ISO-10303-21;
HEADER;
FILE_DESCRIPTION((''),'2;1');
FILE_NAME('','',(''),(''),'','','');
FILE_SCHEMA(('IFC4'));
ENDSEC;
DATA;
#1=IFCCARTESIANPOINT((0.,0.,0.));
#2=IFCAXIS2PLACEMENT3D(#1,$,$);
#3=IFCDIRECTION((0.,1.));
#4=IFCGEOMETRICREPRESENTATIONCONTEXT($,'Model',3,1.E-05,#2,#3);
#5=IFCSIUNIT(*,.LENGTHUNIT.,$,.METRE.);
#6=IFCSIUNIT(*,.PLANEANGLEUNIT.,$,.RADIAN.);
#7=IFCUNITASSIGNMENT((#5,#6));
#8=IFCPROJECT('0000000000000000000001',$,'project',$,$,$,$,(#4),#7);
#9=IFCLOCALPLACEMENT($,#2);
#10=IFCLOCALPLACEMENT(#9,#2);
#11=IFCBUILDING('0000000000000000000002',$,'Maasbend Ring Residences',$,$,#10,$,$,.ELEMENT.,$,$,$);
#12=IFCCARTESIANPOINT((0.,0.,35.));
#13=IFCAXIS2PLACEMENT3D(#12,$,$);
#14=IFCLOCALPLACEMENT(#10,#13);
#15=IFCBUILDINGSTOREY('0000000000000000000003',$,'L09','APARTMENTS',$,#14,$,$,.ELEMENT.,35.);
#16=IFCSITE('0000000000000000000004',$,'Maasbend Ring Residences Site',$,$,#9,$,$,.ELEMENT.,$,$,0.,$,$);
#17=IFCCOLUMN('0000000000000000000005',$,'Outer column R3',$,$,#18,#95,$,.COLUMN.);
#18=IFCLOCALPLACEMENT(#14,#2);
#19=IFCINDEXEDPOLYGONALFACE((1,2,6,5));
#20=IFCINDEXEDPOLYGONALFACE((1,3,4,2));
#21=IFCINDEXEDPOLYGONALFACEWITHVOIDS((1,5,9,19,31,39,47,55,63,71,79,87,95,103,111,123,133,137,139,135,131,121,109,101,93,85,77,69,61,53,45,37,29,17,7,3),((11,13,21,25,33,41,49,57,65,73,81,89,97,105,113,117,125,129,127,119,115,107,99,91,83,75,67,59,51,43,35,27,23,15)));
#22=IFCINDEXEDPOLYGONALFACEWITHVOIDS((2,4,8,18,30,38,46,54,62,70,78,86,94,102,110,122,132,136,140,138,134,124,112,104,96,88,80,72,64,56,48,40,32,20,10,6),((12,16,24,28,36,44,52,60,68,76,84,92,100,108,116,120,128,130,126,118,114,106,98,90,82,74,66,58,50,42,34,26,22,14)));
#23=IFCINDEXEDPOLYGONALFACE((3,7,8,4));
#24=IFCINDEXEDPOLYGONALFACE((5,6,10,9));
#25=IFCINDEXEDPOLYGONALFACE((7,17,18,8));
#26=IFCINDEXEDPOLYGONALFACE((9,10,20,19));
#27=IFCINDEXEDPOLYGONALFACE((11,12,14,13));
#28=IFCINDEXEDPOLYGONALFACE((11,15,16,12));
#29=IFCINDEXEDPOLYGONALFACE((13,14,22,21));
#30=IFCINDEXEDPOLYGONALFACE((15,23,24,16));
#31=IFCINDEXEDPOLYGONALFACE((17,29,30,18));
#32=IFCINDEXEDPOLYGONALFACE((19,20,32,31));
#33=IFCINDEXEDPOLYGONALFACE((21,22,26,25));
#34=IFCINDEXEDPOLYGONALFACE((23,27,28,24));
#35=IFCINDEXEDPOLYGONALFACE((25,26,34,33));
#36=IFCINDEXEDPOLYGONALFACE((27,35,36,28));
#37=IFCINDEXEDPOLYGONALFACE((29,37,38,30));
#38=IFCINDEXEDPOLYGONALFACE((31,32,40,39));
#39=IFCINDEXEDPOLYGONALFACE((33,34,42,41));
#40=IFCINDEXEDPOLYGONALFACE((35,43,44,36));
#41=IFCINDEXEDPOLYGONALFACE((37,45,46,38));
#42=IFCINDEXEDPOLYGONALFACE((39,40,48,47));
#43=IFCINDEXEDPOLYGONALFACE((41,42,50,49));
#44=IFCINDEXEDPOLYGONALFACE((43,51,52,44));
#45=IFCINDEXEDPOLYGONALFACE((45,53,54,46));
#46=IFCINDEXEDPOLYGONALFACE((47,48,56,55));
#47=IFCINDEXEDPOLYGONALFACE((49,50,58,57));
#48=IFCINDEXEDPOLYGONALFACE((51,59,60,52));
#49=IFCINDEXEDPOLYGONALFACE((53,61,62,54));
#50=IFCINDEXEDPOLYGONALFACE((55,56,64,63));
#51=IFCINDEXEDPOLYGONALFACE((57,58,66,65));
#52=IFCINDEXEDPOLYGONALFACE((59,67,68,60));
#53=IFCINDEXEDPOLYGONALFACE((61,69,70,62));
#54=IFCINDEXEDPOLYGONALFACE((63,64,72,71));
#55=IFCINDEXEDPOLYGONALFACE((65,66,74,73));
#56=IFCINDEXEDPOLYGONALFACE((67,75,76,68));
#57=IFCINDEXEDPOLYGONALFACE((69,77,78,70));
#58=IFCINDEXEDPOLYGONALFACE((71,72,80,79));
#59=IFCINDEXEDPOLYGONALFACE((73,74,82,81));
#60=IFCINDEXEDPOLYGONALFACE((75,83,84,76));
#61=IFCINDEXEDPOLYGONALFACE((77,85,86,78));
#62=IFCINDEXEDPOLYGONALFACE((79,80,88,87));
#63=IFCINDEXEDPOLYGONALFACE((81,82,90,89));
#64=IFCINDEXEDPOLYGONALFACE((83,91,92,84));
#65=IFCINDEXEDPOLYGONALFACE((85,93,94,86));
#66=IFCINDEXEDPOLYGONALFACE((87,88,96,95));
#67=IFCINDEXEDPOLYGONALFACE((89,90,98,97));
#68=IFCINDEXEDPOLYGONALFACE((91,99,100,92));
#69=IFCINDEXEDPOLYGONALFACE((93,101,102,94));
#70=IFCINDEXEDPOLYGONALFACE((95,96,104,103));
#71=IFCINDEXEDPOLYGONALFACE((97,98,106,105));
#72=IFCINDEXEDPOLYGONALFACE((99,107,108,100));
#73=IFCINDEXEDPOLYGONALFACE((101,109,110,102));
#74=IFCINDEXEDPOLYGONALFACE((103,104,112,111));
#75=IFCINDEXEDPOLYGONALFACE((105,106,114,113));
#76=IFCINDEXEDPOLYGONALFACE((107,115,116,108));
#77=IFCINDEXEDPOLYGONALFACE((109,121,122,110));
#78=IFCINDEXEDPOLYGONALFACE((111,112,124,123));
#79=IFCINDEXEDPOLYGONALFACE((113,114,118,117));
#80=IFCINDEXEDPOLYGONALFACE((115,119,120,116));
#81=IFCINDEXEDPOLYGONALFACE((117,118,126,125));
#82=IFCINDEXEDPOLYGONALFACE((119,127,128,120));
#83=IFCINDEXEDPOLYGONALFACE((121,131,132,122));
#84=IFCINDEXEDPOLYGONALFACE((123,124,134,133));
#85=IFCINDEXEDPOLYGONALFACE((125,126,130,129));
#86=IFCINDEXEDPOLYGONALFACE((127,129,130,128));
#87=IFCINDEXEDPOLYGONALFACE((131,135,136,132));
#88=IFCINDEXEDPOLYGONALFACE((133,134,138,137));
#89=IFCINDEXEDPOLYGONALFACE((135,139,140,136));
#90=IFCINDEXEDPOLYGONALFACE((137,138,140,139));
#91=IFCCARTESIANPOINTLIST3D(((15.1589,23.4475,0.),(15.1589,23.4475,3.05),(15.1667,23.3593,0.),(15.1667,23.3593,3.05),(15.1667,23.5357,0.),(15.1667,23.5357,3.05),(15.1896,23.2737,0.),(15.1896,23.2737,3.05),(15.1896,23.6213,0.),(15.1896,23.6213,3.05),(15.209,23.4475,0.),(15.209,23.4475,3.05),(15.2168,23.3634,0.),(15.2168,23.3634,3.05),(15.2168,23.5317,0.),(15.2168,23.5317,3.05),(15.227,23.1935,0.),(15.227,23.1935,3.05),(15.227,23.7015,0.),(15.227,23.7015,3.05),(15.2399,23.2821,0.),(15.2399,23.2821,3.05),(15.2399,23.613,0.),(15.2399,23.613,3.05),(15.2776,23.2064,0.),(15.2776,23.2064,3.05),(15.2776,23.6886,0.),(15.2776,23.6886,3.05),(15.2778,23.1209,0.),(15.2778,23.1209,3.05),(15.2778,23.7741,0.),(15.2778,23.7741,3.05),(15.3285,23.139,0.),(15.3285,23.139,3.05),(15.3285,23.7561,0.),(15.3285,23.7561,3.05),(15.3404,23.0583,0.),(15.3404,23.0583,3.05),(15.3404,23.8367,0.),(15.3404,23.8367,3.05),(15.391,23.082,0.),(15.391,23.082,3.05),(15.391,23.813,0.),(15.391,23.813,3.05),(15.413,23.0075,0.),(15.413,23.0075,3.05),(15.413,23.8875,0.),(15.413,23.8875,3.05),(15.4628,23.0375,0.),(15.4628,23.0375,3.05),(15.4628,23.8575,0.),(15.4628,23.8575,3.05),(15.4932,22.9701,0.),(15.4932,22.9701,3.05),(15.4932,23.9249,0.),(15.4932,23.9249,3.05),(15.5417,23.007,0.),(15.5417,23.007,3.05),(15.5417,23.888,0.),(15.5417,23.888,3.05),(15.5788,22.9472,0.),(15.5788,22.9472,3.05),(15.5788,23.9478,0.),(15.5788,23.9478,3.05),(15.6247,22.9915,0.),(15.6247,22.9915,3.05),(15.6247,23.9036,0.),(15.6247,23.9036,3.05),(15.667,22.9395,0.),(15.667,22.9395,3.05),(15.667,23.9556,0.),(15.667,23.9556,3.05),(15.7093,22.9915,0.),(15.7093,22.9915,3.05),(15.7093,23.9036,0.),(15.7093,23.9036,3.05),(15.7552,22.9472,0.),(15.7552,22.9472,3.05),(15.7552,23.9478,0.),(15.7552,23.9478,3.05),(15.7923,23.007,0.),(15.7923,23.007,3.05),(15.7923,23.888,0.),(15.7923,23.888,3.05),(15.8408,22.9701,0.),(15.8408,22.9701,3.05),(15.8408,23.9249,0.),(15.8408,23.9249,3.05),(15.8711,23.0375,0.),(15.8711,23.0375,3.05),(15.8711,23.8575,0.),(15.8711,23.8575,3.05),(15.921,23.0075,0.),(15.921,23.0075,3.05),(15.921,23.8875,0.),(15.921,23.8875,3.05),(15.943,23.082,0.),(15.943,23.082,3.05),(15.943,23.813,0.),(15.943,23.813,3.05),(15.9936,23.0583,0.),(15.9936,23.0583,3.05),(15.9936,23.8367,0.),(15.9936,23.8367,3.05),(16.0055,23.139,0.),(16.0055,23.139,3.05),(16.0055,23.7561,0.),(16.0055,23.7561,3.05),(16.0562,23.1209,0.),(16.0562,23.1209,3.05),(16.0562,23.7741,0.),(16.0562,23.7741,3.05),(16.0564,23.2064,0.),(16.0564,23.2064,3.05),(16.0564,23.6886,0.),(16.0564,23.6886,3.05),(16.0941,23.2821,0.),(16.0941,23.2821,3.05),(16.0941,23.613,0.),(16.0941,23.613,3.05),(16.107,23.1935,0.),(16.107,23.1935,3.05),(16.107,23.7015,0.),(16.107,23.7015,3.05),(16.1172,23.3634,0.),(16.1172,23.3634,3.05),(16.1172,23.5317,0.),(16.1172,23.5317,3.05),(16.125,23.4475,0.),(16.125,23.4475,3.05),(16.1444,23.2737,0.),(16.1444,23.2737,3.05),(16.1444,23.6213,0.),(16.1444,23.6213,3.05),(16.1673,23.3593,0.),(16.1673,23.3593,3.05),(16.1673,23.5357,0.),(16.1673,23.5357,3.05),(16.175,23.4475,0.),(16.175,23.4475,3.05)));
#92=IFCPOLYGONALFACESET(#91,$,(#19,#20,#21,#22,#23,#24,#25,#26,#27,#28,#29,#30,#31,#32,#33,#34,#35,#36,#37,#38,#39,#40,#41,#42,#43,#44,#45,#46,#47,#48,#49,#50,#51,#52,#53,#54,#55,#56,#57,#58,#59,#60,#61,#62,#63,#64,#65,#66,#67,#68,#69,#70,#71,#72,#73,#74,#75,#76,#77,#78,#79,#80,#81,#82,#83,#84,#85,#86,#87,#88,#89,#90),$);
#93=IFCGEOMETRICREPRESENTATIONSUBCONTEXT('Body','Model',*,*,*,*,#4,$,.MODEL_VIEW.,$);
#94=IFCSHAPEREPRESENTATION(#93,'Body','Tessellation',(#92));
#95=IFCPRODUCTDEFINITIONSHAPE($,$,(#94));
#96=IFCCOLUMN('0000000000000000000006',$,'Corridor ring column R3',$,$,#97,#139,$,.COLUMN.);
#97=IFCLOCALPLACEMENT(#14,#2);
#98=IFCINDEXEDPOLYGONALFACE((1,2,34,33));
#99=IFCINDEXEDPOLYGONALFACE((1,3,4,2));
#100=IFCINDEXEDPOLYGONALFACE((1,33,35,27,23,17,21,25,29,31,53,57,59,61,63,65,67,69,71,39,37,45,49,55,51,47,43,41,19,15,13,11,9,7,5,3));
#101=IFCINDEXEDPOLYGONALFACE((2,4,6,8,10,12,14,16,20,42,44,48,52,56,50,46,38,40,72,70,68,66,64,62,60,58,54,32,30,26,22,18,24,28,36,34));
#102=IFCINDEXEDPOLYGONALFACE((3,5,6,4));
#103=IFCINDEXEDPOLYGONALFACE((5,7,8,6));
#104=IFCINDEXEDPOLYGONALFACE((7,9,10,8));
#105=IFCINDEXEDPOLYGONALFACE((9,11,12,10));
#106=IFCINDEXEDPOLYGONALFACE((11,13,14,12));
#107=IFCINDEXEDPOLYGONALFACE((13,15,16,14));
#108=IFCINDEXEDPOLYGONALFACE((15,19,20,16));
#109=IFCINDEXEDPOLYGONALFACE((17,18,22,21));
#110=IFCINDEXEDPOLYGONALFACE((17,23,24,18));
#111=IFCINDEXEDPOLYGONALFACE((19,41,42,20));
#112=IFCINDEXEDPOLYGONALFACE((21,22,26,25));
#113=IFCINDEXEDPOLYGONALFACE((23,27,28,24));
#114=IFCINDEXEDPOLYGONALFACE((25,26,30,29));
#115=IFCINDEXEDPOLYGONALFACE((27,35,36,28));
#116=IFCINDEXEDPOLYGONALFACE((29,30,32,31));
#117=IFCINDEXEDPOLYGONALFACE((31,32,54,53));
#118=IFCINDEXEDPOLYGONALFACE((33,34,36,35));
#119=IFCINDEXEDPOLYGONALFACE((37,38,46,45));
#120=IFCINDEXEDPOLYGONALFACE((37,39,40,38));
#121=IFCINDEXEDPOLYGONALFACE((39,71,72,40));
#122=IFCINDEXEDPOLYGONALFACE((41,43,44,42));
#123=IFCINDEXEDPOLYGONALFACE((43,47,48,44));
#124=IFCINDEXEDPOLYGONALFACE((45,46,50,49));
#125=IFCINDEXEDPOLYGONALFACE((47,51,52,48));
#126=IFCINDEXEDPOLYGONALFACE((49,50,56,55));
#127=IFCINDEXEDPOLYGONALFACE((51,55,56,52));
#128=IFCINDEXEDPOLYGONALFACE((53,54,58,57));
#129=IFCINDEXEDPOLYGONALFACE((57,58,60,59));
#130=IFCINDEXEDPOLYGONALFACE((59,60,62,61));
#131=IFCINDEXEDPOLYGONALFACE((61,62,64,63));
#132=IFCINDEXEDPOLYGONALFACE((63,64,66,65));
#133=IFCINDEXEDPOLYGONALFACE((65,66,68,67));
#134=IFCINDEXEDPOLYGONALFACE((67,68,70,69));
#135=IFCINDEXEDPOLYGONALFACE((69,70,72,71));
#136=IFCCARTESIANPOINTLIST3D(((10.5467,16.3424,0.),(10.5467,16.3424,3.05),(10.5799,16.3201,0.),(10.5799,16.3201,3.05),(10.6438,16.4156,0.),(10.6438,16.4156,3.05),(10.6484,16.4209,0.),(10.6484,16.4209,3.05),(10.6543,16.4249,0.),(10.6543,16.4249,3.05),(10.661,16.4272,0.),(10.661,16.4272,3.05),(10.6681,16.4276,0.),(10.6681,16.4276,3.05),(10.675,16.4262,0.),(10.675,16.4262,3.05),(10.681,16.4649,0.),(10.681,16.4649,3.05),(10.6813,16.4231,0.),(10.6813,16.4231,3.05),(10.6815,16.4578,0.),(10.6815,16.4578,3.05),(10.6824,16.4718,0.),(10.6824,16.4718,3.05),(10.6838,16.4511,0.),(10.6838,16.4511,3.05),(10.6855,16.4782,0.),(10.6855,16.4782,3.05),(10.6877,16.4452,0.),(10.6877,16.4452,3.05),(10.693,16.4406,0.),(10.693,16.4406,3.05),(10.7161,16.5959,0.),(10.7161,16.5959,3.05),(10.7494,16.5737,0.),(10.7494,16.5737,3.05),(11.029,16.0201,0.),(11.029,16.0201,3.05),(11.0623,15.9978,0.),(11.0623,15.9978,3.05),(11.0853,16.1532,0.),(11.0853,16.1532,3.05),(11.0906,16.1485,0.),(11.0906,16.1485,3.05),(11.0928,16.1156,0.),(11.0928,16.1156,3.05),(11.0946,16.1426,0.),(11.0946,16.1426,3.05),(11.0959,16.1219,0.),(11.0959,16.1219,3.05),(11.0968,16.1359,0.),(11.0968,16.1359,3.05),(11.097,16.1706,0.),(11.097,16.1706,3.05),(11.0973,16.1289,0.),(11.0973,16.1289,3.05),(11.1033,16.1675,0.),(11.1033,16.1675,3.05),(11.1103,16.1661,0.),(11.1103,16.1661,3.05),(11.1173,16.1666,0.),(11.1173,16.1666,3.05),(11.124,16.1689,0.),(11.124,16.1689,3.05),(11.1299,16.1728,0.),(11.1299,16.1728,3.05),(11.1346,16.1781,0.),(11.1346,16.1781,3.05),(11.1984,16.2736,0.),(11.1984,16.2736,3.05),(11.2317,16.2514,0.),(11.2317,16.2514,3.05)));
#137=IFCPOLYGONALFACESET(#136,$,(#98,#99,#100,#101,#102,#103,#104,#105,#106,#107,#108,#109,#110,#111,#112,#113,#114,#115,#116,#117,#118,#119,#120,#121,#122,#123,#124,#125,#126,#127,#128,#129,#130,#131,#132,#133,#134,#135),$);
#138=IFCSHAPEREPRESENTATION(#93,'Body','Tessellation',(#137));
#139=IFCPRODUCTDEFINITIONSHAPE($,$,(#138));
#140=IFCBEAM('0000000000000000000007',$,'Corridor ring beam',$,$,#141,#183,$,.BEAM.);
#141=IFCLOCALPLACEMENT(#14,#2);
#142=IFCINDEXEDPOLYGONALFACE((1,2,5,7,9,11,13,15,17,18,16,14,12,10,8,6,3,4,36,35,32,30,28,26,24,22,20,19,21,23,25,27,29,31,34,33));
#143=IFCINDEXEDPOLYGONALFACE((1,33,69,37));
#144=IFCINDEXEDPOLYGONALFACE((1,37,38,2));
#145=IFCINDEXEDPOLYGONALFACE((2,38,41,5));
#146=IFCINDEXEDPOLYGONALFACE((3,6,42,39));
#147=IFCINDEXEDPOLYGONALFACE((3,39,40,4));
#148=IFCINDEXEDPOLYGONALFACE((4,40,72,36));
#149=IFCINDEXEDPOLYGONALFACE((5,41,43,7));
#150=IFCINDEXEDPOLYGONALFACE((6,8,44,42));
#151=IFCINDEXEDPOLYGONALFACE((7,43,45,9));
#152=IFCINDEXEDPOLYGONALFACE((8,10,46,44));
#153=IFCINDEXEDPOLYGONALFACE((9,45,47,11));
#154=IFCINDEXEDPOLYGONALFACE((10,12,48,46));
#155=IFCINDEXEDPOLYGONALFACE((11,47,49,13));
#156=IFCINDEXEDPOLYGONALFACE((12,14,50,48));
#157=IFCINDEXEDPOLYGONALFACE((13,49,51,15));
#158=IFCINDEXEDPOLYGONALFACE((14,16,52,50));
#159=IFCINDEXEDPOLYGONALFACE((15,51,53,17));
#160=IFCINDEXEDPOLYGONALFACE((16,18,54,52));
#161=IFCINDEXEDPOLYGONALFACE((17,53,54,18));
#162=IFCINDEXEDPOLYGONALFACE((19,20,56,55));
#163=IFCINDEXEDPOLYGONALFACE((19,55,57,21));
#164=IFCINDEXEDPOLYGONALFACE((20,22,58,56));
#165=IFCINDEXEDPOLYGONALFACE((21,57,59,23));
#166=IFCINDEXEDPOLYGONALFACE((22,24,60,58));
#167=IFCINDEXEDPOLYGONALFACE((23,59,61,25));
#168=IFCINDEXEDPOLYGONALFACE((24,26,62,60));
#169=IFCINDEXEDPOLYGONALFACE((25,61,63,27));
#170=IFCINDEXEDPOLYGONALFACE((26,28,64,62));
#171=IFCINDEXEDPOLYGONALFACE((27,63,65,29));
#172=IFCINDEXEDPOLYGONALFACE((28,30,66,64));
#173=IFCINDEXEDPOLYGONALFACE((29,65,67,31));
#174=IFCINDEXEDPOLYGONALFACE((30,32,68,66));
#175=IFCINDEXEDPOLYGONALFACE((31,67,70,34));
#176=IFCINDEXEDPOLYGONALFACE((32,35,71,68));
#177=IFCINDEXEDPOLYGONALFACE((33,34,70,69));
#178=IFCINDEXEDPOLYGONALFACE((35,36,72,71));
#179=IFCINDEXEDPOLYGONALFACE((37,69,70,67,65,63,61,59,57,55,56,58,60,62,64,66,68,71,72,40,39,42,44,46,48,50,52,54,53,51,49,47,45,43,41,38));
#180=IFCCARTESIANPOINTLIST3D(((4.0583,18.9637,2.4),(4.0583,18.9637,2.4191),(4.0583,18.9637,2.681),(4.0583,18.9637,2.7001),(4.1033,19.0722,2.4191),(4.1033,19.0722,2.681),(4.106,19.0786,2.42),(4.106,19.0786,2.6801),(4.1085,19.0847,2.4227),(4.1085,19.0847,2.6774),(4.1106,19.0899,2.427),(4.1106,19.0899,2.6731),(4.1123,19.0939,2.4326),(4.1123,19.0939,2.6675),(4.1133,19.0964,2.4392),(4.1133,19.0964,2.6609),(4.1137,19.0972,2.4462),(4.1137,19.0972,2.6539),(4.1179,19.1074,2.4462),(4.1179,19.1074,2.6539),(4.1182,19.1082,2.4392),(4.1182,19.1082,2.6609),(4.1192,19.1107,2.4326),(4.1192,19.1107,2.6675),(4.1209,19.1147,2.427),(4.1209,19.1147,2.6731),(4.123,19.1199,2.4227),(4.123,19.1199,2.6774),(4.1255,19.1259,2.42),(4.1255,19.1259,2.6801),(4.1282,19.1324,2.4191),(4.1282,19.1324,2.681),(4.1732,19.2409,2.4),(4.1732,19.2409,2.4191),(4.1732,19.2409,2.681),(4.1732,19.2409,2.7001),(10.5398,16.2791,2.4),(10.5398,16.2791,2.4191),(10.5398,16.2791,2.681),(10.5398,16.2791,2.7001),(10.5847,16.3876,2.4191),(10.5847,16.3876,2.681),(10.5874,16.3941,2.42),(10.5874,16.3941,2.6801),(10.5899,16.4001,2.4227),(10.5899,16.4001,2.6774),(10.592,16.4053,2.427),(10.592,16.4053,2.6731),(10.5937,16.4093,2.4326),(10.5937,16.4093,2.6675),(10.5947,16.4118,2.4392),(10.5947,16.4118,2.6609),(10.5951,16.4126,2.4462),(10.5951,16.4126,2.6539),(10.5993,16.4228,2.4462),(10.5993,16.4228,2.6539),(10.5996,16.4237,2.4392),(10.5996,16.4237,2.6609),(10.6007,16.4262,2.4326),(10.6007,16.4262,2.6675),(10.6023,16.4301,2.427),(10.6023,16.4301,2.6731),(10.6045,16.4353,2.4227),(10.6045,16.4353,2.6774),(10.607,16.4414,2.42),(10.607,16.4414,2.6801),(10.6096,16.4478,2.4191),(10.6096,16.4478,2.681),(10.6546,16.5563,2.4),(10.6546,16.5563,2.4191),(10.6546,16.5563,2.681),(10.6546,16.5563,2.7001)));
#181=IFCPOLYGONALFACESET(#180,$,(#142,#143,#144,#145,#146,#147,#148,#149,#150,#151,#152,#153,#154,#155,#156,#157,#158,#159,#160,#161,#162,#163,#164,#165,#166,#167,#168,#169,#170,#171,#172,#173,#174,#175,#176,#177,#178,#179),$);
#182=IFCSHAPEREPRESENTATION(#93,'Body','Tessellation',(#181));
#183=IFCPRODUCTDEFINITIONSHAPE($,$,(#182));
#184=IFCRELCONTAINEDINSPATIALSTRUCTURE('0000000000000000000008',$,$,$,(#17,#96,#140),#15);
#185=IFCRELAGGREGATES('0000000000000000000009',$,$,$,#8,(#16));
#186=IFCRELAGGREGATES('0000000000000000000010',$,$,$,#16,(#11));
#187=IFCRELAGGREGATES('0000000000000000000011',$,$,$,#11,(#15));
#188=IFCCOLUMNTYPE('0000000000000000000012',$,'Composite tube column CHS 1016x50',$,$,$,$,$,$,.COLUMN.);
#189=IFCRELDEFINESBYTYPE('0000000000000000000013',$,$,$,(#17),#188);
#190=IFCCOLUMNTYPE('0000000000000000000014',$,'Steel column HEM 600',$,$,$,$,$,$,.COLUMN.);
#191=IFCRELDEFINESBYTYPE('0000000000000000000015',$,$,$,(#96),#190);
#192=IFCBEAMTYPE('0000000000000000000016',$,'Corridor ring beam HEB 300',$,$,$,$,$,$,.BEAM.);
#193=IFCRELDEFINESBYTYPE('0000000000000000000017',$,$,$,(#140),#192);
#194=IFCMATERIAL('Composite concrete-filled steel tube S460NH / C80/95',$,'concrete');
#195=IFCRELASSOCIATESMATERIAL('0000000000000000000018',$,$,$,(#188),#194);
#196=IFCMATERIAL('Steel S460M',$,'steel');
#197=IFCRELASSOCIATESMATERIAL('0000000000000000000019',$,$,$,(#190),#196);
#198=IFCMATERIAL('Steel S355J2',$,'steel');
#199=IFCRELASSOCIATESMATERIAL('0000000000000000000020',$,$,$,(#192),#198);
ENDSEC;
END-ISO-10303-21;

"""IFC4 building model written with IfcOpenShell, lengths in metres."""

from ifc_helpers import new_model, si_unit, direction, frame, origin, origin_2d, place, context, subcontext, project, spatial, hollow_circle, i_section, extrude, material, material_profile, profile_set, type_object, element, save


model = new_model("IFC4")

# Units and contexts
model_context = context("Model", 3, precision=1e-05, world=origin(), true_north=direction((0.0, 1.0)))
body_context = subcontext(model_context, "Body", "Model", "MODEL_VIEW")
ifc_project = project(units=[si_unit("LENGTHUNIT", "METRE"), si_unit("PLANEANGLEUNIT", "RADIAN")], contexts=[model_context])

# Site, building, storey
site_placement = place(None, origin())
site = spatial("IfcSite", under=ifc_project, at=site_placement, Name="Maasbend Ring Residences Site", CompositionType="ELEMENT", RefElevation=0.0)
building_placement = place(site_placement, origin())
building = spatial("IfcBuilding", under=site, at=building_placement, Name="Maasbend Ring Residences", CompositionType="ELEMENT")
storey_placement = place(building_placement, frame((0.0, 0.0, 35.0)))
storey = spatial("IfcBuildingStorey", under=building, at=storey_placement, Name="L09", Description="APARTMENTS", CompositionType="ELEMENT", Elevation=35.0)

# Columns
ifc_material_1 = material(Name="Composite concrete-filled steel tube S460NH / C80/95", Category="concrete")
ifc_material_profile_1 = material_profile(ifc_material_1, hollow_circle(Radius=0.5081, WallThickness=0.05, at=origin_2d()), Name="Composite tube column CHS 1016x50")
ifc_profile_set_1 = profile_set([ifc_material_profile_1], Name="Composite concrete-filled steel tube S460NH / C80/95")
column_type_1 = type_object("IfcColumnType", Name="Composite tube column CHS 1016x50", PredefinedType="COLUMN", material=ifc_profile_set_1)
column_1_placement = place(storey_placement, frame((15.667, 23.4475, 0.0), z_axis=(0.0, 0.0, 1.0), x_axis=(1.0, 0.0, 0.0)))
element("IfcColumn", 1, at=column_1_placement, inside=storey, type_object=column_type_1, Name="Outer column R3", PredefinedType="COLUMN", context=body_context, shape_type="SweptSolid", body=[
    extrude(hollow_circle(Radius=0.5081, WallThickness=0.05, at=origin_2d()), origin(), (0.0, 0.0, 1.0), 3.05),
])
ifc_material_2 = material(Name="Steel S460M", Category="steel")
ifc_material_profile_2 = material_profile(ifc_material_2, i_section(OverallWidth=0.3049, OverallDepth=0.6201, WebThickness=0.021, FlangeThickness=0.04, FilletRadius=0.0271, at=origin_2d()), Name="HEM 600")
ifc_profile_set_2 = profile_set([ifc_material_profile_2], Name="Steel S460M")
column_type_2 = type_object("IfcColumnType", Name="Steel column HEM 600", PredefinedType="COLUMN", material=ifc_profile_set_2)
column_2_placement = place(storey_placement, frame((10.8892, 16.2969, 0.0), z_axis=(0.0, 0.0, 1.0), x_axis=(0.55557, 0.83147, 0.0)))
element("IfcColumn", 2, at=column_2_placement, inside=storey, type_object=column_type_2, Name="Corridor ring column R3", PredefinedType="COLUMN", context=body_context, shape_type="SweptSolid", body=[
    extrude(i_section(OverallWidth=0.3049, OverallDepth=0.6201, WebThickness=0.021, FlangeThickness=0.04, FilletRadius=0.0271, at=origin_2d()), origin(), (0.0, 0.0, 1.0), 3.05),
])

# Beam
ifc_material_3 = material(Name="Steel S355J2", Category="steel")
ifc_material_profile_3 = material_profile(ifc_material_3, i_section(OverallWidth=0.3, OverallDepth=0.3, WebThickness=0.011, FlangeThickness=0.019, FilletRadius=0.0271, at=origin_2d()), Name="HEB 300")
ifc_profile_set_3 = profile_set([ifc_material_profile_3], Name="Steel S355J2")
beam_type_1 = type_object("IfcBeamType", Name="Corridor ring beam HEB 300", PredefinedType="BEAM", material=ifc_profile_set_3)
beam_1_placement = place(storey_placement, frame((10.5972, 16.4177, 2.55), z_axis=(-0.923886, 0.382667, 0.0), x_axis=(-0.382667, -0.923886, 0.0)))
element("IfcBeam", 3, at=beam_1_placement, inside=storey, type_object=beam_type_1, Name="Corridor ring beam", PredefinedType="BEAM", context=body_context, shape_type="SweptSolid", body=[
    extrude(i_section(OverallWidth=0.3, OverallDepth=0.3, WebThickness=0.011, FlangeThickness=0.019, FilletRadius=0.0271, at=origin_2d()), origin(), (0.0, 0.0, 1.0), 7.0154),
])

save(model, "model.ifc")
